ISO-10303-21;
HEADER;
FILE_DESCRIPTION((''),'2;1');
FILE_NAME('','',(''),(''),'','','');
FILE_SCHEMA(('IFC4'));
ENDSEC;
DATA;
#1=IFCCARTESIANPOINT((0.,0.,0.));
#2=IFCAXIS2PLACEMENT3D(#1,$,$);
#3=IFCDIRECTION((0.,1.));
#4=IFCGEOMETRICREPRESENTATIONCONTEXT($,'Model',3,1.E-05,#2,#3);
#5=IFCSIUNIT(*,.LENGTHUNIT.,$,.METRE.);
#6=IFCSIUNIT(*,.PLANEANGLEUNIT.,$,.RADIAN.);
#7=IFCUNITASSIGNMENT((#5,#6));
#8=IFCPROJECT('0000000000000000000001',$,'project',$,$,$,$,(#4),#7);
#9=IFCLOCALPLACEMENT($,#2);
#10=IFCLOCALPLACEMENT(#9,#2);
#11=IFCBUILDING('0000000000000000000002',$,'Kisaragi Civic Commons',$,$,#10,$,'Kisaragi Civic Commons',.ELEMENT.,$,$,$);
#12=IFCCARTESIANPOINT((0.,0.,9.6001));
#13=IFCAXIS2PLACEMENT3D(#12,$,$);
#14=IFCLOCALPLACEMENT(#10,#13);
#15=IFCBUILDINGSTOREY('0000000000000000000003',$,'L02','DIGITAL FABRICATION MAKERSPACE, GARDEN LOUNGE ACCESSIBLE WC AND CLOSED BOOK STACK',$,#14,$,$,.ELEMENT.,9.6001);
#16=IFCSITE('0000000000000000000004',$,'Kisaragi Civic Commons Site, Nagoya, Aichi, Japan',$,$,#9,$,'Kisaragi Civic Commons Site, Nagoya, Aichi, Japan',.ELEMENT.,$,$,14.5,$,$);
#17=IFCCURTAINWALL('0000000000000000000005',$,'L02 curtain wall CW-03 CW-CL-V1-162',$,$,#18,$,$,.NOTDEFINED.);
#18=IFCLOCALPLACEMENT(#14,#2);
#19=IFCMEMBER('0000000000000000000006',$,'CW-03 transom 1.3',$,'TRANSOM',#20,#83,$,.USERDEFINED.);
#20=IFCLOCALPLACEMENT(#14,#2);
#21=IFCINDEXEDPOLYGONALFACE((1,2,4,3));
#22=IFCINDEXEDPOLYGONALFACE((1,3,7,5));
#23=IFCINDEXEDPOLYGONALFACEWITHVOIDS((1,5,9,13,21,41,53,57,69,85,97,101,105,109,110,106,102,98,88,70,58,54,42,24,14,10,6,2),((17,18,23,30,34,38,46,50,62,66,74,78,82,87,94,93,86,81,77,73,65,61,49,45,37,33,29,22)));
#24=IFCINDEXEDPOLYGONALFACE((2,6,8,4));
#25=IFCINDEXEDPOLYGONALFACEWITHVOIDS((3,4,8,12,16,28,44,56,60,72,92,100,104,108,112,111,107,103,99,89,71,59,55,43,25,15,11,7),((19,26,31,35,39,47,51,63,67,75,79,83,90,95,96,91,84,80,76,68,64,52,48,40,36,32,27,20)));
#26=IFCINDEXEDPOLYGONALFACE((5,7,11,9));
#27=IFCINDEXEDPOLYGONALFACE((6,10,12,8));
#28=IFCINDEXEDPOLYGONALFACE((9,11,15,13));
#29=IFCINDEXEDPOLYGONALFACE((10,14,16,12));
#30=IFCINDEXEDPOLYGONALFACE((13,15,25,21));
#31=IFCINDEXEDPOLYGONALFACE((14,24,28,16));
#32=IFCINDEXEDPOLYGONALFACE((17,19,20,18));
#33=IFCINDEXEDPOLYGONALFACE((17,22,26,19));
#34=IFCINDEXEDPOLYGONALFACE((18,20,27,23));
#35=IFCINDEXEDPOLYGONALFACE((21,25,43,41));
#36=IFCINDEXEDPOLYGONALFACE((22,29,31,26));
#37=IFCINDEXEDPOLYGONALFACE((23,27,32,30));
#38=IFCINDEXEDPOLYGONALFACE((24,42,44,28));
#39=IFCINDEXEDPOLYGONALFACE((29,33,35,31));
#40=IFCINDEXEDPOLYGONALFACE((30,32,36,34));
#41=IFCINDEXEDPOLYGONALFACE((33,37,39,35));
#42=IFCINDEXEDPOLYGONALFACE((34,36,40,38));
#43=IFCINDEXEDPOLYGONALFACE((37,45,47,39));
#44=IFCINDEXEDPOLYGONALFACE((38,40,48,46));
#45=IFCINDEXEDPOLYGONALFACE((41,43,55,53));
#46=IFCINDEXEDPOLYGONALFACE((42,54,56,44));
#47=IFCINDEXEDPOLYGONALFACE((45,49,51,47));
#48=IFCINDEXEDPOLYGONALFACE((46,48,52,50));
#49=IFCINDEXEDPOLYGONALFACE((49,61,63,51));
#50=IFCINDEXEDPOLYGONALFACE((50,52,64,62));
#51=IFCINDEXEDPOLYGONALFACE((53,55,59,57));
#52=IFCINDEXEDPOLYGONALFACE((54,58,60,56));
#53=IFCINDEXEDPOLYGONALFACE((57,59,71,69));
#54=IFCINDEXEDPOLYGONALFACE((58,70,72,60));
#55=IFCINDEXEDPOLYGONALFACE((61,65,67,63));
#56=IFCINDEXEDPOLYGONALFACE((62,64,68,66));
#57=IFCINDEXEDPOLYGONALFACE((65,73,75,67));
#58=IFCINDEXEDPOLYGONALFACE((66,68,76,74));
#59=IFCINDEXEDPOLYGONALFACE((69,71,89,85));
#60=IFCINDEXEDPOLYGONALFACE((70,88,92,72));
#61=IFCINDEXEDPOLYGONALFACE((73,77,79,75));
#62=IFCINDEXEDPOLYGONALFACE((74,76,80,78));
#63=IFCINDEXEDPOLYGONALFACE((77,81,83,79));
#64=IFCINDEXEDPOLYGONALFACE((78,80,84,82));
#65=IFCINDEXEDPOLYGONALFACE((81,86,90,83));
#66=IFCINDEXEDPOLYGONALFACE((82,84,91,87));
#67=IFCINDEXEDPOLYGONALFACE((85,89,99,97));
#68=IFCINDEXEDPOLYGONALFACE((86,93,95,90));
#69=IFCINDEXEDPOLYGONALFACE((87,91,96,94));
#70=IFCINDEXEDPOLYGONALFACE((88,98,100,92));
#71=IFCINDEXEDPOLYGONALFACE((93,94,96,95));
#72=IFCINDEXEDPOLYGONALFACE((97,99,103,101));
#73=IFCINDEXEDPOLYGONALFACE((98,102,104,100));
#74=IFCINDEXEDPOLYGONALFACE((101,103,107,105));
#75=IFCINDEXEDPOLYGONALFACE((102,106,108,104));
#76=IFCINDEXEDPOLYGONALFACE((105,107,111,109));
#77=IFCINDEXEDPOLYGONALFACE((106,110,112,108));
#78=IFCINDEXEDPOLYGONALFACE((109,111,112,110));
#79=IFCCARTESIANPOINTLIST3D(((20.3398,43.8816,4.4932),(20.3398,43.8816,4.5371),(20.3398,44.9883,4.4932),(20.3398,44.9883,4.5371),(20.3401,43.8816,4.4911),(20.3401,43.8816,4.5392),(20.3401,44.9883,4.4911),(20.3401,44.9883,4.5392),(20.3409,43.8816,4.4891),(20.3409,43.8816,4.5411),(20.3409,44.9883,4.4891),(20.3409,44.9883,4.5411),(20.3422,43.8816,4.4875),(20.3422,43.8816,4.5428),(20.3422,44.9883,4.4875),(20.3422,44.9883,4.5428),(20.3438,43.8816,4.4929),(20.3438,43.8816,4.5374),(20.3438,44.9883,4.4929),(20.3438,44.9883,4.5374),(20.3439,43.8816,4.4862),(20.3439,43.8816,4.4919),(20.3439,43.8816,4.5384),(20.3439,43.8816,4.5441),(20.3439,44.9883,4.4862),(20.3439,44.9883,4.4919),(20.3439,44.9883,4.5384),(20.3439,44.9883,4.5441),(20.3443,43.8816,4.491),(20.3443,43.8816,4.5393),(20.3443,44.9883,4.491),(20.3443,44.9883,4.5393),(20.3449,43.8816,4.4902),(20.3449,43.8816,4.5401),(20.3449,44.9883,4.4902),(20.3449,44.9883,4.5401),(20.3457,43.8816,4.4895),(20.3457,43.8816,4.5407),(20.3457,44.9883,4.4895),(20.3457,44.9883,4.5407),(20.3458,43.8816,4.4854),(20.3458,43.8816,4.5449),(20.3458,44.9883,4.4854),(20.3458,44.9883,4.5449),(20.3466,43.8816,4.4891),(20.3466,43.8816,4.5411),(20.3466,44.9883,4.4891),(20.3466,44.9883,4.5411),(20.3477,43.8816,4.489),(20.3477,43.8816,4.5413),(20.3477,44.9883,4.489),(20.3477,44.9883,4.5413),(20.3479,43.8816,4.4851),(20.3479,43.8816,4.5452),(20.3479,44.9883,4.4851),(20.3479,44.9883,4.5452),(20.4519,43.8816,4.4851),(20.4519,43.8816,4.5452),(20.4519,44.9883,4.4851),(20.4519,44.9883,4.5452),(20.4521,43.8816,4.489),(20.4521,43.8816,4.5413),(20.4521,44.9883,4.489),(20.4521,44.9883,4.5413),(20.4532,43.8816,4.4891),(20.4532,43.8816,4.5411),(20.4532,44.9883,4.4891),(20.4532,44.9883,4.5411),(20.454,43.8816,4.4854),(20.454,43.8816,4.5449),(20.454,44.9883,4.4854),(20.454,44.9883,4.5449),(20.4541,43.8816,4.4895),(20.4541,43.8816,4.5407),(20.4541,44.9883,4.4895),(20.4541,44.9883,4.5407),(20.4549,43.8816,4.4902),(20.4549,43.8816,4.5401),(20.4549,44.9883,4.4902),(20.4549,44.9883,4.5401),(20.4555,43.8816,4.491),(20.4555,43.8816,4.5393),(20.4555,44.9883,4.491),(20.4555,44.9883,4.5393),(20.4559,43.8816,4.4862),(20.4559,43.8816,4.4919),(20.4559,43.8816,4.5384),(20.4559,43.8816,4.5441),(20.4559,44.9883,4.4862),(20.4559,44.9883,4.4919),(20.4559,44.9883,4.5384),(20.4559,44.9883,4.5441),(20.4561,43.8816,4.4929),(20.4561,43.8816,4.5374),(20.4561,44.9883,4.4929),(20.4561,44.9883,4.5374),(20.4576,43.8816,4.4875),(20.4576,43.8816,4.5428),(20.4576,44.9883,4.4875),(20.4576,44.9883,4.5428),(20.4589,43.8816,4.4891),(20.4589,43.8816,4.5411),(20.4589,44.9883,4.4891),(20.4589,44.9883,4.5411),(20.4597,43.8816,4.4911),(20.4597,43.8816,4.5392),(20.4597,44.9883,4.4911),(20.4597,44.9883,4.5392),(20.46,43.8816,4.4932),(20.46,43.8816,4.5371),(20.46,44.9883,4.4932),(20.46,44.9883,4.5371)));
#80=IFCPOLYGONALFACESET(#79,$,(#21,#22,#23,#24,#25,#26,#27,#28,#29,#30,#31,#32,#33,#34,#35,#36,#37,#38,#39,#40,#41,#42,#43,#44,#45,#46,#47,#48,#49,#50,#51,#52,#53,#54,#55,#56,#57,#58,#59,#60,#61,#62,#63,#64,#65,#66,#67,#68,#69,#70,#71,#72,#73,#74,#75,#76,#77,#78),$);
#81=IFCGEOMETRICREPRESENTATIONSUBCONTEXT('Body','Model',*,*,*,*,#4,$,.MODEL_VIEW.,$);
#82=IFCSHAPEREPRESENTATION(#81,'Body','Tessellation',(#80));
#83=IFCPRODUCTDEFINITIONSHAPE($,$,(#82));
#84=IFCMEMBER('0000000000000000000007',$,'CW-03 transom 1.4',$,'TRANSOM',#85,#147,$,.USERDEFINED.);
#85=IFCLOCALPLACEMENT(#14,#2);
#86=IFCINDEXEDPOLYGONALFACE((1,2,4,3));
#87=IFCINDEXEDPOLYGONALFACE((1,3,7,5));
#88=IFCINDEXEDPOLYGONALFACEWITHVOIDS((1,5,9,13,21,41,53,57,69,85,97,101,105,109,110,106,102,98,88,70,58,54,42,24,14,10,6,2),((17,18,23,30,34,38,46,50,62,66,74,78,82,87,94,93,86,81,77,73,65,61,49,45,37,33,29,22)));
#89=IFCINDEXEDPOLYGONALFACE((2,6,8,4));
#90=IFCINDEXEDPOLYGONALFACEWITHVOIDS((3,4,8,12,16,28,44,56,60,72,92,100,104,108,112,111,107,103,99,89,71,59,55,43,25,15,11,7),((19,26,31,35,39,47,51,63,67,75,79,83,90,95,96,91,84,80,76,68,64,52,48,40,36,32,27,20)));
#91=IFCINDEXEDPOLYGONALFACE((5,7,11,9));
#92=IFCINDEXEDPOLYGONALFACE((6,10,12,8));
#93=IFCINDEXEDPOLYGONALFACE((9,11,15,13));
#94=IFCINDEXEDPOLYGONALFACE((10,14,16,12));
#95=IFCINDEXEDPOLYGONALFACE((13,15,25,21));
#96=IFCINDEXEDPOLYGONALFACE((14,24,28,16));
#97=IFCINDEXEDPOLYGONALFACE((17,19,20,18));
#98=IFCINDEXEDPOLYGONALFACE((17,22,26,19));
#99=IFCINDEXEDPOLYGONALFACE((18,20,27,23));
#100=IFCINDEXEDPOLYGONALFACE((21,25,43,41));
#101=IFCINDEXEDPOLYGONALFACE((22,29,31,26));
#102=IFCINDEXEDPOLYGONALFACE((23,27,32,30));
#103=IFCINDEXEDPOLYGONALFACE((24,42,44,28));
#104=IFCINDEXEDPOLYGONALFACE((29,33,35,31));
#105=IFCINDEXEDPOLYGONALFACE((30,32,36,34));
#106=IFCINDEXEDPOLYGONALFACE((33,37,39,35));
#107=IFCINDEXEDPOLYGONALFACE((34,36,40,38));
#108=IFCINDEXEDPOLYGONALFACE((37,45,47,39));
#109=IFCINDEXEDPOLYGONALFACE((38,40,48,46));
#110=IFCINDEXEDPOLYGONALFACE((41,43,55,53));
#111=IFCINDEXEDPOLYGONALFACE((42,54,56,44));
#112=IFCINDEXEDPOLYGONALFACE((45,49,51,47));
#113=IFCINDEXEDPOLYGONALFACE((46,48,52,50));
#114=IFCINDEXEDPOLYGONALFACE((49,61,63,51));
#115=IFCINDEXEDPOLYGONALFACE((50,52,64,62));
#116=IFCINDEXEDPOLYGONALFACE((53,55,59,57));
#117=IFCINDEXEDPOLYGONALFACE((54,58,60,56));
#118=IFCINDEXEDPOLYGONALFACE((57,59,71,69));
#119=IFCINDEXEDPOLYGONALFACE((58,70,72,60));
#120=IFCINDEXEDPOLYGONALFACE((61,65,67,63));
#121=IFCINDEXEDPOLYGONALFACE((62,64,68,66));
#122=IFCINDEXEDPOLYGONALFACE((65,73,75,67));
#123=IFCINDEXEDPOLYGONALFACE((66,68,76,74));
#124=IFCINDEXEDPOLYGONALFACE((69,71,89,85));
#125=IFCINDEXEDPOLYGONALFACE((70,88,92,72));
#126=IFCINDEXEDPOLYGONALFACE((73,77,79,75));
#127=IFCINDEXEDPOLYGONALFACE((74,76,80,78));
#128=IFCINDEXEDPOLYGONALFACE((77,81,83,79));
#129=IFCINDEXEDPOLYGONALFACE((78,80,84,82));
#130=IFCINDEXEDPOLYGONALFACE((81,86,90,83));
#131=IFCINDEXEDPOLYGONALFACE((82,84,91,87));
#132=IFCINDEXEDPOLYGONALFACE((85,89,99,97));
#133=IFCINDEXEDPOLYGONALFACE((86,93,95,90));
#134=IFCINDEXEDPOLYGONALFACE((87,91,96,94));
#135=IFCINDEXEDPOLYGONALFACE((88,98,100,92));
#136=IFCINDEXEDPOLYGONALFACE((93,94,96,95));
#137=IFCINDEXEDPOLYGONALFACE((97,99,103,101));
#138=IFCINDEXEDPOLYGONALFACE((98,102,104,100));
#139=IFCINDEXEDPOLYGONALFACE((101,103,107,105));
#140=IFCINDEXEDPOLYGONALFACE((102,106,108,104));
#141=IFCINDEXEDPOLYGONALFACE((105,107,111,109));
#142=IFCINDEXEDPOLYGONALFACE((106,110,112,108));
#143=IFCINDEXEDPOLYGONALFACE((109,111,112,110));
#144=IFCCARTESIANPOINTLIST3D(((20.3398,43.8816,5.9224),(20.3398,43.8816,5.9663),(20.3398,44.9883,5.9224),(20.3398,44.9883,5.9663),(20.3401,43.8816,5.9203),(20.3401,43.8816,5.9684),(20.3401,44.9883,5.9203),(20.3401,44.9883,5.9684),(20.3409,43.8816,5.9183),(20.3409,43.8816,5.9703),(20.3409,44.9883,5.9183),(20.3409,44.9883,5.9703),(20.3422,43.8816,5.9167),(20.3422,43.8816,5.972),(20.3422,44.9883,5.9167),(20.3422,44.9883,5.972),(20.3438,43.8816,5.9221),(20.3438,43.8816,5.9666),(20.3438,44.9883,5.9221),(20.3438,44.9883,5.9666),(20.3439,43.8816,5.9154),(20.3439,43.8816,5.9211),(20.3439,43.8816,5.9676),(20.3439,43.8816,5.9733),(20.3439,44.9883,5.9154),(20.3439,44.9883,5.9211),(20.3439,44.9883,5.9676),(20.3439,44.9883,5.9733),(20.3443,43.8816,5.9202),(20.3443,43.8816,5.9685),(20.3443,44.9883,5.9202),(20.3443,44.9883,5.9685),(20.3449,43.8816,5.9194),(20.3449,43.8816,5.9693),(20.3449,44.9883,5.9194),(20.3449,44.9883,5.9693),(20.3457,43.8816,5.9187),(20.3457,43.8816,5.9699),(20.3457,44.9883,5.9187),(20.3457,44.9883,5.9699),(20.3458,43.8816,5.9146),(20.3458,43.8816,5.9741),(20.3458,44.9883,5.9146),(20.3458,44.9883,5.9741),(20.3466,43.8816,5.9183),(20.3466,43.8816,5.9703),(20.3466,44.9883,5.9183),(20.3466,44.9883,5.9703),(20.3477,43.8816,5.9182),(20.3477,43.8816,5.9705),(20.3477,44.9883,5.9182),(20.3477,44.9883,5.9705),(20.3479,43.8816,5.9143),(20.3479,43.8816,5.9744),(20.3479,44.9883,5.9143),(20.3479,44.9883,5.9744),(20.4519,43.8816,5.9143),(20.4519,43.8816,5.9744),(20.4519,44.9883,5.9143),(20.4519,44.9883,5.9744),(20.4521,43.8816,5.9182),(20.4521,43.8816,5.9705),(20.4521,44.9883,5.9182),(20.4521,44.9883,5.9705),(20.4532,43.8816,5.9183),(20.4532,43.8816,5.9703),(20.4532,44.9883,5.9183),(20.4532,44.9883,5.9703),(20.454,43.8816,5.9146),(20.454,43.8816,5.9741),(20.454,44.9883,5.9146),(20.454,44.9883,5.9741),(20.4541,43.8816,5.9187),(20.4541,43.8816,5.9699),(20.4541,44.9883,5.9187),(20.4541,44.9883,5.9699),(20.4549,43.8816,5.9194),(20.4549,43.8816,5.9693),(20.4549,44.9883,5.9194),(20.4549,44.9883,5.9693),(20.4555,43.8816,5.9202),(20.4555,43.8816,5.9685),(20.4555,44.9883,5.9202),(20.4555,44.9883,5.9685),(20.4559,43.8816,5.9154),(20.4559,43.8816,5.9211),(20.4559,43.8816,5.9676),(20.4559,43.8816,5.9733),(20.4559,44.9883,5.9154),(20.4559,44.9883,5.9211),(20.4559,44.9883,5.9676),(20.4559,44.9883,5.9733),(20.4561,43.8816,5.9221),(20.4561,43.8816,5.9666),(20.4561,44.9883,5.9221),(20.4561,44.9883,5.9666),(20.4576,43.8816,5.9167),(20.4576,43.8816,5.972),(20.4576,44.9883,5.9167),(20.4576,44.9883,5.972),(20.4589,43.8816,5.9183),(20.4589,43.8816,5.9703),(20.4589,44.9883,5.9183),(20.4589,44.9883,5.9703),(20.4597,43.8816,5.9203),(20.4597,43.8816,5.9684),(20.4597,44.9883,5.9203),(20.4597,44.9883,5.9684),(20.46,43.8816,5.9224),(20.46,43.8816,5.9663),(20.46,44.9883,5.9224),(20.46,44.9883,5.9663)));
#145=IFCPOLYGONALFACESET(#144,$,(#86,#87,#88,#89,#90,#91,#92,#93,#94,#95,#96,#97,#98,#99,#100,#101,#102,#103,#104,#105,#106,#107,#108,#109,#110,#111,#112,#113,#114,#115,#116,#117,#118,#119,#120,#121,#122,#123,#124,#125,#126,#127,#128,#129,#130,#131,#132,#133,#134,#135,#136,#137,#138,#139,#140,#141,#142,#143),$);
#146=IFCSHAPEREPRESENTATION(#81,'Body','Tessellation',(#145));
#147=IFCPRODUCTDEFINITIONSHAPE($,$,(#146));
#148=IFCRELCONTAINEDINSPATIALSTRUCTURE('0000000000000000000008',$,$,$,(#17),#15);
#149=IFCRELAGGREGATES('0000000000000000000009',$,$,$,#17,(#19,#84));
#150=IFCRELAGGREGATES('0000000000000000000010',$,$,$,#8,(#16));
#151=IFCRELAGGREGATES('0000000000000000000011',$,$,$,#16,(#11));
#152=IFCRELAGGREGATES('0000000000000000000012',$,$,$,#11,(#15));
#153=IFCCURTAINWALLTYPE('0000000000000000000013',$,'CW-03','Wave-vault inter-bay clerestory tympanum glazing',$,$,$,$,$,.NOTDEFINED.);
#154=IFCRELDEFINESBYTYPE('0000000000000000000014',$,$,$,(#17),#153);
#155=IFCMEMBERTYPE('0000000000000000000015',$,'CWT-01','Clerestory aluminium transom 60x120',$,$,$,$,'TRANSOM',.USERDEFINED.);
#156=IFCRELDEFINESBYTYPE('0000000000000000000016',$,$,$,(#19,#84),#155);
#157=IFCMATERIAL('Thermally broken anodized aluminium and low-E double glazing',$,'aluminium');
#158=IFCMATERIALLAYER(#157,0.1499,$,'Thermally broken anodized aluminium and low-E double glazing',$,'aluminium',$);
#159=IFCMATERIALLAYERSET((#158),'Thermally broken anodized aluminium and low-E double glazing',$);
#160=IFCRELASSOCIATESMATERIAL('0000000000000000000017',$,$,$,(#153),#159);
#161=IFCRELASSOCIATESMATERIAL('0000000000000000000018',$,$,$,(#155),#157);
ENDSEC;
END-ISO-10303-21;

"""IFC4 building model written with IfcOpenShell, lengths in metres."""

from ifc_helpers import new_model, si_unit, direction, frame, origin, origin_2d, place, context, subcontext, project, spatial, hollow_rectangle, extrude, material, layer, layer_set, material_profile, profile_set, type_object, element, aggregate, save


model = new_model("IFC4")

# Units and contexts
model_context = context("Model", 3, precision=1e-05, world=origin(), true_north=direction((0.0, 1.0)))
body_context = subcontext(model_context, "Body", "Model", "MODEL_VIEW")
ifc_project = project(units=[si_unit("LENGTHUNIT", "METRE"), si_unit("PLANEANGLEUNIT", "RADIAN")], contexts=[model_context])

# Site, building, storey
site_placement = place(None, origin())
site = spatial("IfcSite", under=ifc_project, at=site_placement, Name="Kisaragi Civic Commons Site, Nagoya, Aichi, Japan", LongName="Kisaragi Civic Commons Site, Nagoya, Aichi, Japan", CompositionType="ELEMENT", RefElevation=14.5)
building_placement = place(site_placement, origin())
building = spatial("IfcBuilding", under=site, at=building_placement, Name="Kisaragi Civic Commons", LongName="Kisaragi Civic Commons", CompositionType="ELEMENT")
storey_placement = place(building_placement, frame((0.0, 0.0, 9.6001)))
storey = spatial("IfcBuildingStorey", under=building, at=storey_placement, Name="L02", Description="DIGITAL FABRICATION MAKERSPACE, GARDEN LOUNGE ACCESSIBLE WC AND CLOSED BOOK STACK", CompositionType="ELEMENT", Elevation=9.6001)

# Curtain wall, members
ifc_material_1 = material(Name="Thermally broken anodized aluminium and low-E double glazing", Category="aluminium")
ifc_layer_1 = layer(ifc_material_1, 0.1499, Name="Thermally broken anodized aluminium and low-E double glazing", Category="aluminium")
ifc_layer_set_1 = layer_set([ifc_layer_1], Name="Thermally broken anodized aluminium and low-E double glazing")
curtain_wall_type = type_object("IfcCurtainWallType", Name="CW-03", Description="Wave-vault inter-bay clerestory tympanum glazing", PredefinedType="NOTDEFINED", material=ifc_layer_set_1)
curtain_wall_placement = place(storey_placement, origin())
curtain_wall = element("IfcCurtainWall", 1, at=curtain_wall_placement, inside=storey, type_object=curtain_wall_type, Name="L02 curtain wall CW-03 CW-CL-V1-162", PredefinedType="NOTDEFINED")
ifc_material_profile_1 = material_profile(ifc_material_1, hollow_rectangle(XDim=0.1201, YDim=0.0601, WallThickness=0.0039, InnerFilletRadius=0.0039, OuterFilletRadius=0.0081, at=origin_2d()), Name="CWT-60x120x4", Category="aluminium")
ifc_profile_set_1 = profile_set([ifc_material_profile_1], Name="Thermally broken anodized aluminium and low-E double glazing")
member_type_1 = type_object("IfcMemberType", Name="CWT-01", Description="Clerestory aluminium transom 60x120", ElementType="TRANSOM", PredefinedType="USERDEFINED", material=ifc_profile_set_1)
member_1_placement = place(storey_placement, frame((20.3999, 43.8816, 4.5151), z_axis=(0.0, 1.0, 0.0), x_axis=(-1.0, 0.0, 0.0)))
member_1 = element("IfcMember", 2, at=member_1_placement, type_object=member_type_1, Name="CW-03 transom 1.3", ObjectType="TRANSOM", PredefinedType="USERDEFINED", context=body_context, shape_type="SweptSolid", body=[
    extrude(hollow_rectangle(XDim=0.1201, YDim=0.0601, WallThickness=0.0039, InnerFilletRadius=0.0039, OuterFilletRadius=0.0081, at=origin_2d()), origin(), (0.0, 0.0, 1.0), 1.1067),
])
member_2_placement = place(storey_placement, frame((20.3999, 43.8816, 5.9443), z_axis=(0.0, 1.0, 0.0), x_axis=(-1.0, 0.0, 0.0)))
member_2 = element("IfcMember", 3, at=member_2_placement, type_object=member_type_1, Name="CW-03 transom 1.4", ObjectType="TRANSOM", PredefinedType="USERDEFINED", context=body_context, shape_type="SweptSolid", body=[
    extrude(hollow_rectangle(XDim=0.1201, YDim=0.0601, WallThickness=0.0039, InnerFilletRadius=0.0039, OuterFilletRadius=0.0081, at=origin_2d()), origin(), (0.0, 0.0, 1.0), 1.1067),
])

aggregate(curtain_wall, [member_1, member_2])

save(model, "model.ifc")
